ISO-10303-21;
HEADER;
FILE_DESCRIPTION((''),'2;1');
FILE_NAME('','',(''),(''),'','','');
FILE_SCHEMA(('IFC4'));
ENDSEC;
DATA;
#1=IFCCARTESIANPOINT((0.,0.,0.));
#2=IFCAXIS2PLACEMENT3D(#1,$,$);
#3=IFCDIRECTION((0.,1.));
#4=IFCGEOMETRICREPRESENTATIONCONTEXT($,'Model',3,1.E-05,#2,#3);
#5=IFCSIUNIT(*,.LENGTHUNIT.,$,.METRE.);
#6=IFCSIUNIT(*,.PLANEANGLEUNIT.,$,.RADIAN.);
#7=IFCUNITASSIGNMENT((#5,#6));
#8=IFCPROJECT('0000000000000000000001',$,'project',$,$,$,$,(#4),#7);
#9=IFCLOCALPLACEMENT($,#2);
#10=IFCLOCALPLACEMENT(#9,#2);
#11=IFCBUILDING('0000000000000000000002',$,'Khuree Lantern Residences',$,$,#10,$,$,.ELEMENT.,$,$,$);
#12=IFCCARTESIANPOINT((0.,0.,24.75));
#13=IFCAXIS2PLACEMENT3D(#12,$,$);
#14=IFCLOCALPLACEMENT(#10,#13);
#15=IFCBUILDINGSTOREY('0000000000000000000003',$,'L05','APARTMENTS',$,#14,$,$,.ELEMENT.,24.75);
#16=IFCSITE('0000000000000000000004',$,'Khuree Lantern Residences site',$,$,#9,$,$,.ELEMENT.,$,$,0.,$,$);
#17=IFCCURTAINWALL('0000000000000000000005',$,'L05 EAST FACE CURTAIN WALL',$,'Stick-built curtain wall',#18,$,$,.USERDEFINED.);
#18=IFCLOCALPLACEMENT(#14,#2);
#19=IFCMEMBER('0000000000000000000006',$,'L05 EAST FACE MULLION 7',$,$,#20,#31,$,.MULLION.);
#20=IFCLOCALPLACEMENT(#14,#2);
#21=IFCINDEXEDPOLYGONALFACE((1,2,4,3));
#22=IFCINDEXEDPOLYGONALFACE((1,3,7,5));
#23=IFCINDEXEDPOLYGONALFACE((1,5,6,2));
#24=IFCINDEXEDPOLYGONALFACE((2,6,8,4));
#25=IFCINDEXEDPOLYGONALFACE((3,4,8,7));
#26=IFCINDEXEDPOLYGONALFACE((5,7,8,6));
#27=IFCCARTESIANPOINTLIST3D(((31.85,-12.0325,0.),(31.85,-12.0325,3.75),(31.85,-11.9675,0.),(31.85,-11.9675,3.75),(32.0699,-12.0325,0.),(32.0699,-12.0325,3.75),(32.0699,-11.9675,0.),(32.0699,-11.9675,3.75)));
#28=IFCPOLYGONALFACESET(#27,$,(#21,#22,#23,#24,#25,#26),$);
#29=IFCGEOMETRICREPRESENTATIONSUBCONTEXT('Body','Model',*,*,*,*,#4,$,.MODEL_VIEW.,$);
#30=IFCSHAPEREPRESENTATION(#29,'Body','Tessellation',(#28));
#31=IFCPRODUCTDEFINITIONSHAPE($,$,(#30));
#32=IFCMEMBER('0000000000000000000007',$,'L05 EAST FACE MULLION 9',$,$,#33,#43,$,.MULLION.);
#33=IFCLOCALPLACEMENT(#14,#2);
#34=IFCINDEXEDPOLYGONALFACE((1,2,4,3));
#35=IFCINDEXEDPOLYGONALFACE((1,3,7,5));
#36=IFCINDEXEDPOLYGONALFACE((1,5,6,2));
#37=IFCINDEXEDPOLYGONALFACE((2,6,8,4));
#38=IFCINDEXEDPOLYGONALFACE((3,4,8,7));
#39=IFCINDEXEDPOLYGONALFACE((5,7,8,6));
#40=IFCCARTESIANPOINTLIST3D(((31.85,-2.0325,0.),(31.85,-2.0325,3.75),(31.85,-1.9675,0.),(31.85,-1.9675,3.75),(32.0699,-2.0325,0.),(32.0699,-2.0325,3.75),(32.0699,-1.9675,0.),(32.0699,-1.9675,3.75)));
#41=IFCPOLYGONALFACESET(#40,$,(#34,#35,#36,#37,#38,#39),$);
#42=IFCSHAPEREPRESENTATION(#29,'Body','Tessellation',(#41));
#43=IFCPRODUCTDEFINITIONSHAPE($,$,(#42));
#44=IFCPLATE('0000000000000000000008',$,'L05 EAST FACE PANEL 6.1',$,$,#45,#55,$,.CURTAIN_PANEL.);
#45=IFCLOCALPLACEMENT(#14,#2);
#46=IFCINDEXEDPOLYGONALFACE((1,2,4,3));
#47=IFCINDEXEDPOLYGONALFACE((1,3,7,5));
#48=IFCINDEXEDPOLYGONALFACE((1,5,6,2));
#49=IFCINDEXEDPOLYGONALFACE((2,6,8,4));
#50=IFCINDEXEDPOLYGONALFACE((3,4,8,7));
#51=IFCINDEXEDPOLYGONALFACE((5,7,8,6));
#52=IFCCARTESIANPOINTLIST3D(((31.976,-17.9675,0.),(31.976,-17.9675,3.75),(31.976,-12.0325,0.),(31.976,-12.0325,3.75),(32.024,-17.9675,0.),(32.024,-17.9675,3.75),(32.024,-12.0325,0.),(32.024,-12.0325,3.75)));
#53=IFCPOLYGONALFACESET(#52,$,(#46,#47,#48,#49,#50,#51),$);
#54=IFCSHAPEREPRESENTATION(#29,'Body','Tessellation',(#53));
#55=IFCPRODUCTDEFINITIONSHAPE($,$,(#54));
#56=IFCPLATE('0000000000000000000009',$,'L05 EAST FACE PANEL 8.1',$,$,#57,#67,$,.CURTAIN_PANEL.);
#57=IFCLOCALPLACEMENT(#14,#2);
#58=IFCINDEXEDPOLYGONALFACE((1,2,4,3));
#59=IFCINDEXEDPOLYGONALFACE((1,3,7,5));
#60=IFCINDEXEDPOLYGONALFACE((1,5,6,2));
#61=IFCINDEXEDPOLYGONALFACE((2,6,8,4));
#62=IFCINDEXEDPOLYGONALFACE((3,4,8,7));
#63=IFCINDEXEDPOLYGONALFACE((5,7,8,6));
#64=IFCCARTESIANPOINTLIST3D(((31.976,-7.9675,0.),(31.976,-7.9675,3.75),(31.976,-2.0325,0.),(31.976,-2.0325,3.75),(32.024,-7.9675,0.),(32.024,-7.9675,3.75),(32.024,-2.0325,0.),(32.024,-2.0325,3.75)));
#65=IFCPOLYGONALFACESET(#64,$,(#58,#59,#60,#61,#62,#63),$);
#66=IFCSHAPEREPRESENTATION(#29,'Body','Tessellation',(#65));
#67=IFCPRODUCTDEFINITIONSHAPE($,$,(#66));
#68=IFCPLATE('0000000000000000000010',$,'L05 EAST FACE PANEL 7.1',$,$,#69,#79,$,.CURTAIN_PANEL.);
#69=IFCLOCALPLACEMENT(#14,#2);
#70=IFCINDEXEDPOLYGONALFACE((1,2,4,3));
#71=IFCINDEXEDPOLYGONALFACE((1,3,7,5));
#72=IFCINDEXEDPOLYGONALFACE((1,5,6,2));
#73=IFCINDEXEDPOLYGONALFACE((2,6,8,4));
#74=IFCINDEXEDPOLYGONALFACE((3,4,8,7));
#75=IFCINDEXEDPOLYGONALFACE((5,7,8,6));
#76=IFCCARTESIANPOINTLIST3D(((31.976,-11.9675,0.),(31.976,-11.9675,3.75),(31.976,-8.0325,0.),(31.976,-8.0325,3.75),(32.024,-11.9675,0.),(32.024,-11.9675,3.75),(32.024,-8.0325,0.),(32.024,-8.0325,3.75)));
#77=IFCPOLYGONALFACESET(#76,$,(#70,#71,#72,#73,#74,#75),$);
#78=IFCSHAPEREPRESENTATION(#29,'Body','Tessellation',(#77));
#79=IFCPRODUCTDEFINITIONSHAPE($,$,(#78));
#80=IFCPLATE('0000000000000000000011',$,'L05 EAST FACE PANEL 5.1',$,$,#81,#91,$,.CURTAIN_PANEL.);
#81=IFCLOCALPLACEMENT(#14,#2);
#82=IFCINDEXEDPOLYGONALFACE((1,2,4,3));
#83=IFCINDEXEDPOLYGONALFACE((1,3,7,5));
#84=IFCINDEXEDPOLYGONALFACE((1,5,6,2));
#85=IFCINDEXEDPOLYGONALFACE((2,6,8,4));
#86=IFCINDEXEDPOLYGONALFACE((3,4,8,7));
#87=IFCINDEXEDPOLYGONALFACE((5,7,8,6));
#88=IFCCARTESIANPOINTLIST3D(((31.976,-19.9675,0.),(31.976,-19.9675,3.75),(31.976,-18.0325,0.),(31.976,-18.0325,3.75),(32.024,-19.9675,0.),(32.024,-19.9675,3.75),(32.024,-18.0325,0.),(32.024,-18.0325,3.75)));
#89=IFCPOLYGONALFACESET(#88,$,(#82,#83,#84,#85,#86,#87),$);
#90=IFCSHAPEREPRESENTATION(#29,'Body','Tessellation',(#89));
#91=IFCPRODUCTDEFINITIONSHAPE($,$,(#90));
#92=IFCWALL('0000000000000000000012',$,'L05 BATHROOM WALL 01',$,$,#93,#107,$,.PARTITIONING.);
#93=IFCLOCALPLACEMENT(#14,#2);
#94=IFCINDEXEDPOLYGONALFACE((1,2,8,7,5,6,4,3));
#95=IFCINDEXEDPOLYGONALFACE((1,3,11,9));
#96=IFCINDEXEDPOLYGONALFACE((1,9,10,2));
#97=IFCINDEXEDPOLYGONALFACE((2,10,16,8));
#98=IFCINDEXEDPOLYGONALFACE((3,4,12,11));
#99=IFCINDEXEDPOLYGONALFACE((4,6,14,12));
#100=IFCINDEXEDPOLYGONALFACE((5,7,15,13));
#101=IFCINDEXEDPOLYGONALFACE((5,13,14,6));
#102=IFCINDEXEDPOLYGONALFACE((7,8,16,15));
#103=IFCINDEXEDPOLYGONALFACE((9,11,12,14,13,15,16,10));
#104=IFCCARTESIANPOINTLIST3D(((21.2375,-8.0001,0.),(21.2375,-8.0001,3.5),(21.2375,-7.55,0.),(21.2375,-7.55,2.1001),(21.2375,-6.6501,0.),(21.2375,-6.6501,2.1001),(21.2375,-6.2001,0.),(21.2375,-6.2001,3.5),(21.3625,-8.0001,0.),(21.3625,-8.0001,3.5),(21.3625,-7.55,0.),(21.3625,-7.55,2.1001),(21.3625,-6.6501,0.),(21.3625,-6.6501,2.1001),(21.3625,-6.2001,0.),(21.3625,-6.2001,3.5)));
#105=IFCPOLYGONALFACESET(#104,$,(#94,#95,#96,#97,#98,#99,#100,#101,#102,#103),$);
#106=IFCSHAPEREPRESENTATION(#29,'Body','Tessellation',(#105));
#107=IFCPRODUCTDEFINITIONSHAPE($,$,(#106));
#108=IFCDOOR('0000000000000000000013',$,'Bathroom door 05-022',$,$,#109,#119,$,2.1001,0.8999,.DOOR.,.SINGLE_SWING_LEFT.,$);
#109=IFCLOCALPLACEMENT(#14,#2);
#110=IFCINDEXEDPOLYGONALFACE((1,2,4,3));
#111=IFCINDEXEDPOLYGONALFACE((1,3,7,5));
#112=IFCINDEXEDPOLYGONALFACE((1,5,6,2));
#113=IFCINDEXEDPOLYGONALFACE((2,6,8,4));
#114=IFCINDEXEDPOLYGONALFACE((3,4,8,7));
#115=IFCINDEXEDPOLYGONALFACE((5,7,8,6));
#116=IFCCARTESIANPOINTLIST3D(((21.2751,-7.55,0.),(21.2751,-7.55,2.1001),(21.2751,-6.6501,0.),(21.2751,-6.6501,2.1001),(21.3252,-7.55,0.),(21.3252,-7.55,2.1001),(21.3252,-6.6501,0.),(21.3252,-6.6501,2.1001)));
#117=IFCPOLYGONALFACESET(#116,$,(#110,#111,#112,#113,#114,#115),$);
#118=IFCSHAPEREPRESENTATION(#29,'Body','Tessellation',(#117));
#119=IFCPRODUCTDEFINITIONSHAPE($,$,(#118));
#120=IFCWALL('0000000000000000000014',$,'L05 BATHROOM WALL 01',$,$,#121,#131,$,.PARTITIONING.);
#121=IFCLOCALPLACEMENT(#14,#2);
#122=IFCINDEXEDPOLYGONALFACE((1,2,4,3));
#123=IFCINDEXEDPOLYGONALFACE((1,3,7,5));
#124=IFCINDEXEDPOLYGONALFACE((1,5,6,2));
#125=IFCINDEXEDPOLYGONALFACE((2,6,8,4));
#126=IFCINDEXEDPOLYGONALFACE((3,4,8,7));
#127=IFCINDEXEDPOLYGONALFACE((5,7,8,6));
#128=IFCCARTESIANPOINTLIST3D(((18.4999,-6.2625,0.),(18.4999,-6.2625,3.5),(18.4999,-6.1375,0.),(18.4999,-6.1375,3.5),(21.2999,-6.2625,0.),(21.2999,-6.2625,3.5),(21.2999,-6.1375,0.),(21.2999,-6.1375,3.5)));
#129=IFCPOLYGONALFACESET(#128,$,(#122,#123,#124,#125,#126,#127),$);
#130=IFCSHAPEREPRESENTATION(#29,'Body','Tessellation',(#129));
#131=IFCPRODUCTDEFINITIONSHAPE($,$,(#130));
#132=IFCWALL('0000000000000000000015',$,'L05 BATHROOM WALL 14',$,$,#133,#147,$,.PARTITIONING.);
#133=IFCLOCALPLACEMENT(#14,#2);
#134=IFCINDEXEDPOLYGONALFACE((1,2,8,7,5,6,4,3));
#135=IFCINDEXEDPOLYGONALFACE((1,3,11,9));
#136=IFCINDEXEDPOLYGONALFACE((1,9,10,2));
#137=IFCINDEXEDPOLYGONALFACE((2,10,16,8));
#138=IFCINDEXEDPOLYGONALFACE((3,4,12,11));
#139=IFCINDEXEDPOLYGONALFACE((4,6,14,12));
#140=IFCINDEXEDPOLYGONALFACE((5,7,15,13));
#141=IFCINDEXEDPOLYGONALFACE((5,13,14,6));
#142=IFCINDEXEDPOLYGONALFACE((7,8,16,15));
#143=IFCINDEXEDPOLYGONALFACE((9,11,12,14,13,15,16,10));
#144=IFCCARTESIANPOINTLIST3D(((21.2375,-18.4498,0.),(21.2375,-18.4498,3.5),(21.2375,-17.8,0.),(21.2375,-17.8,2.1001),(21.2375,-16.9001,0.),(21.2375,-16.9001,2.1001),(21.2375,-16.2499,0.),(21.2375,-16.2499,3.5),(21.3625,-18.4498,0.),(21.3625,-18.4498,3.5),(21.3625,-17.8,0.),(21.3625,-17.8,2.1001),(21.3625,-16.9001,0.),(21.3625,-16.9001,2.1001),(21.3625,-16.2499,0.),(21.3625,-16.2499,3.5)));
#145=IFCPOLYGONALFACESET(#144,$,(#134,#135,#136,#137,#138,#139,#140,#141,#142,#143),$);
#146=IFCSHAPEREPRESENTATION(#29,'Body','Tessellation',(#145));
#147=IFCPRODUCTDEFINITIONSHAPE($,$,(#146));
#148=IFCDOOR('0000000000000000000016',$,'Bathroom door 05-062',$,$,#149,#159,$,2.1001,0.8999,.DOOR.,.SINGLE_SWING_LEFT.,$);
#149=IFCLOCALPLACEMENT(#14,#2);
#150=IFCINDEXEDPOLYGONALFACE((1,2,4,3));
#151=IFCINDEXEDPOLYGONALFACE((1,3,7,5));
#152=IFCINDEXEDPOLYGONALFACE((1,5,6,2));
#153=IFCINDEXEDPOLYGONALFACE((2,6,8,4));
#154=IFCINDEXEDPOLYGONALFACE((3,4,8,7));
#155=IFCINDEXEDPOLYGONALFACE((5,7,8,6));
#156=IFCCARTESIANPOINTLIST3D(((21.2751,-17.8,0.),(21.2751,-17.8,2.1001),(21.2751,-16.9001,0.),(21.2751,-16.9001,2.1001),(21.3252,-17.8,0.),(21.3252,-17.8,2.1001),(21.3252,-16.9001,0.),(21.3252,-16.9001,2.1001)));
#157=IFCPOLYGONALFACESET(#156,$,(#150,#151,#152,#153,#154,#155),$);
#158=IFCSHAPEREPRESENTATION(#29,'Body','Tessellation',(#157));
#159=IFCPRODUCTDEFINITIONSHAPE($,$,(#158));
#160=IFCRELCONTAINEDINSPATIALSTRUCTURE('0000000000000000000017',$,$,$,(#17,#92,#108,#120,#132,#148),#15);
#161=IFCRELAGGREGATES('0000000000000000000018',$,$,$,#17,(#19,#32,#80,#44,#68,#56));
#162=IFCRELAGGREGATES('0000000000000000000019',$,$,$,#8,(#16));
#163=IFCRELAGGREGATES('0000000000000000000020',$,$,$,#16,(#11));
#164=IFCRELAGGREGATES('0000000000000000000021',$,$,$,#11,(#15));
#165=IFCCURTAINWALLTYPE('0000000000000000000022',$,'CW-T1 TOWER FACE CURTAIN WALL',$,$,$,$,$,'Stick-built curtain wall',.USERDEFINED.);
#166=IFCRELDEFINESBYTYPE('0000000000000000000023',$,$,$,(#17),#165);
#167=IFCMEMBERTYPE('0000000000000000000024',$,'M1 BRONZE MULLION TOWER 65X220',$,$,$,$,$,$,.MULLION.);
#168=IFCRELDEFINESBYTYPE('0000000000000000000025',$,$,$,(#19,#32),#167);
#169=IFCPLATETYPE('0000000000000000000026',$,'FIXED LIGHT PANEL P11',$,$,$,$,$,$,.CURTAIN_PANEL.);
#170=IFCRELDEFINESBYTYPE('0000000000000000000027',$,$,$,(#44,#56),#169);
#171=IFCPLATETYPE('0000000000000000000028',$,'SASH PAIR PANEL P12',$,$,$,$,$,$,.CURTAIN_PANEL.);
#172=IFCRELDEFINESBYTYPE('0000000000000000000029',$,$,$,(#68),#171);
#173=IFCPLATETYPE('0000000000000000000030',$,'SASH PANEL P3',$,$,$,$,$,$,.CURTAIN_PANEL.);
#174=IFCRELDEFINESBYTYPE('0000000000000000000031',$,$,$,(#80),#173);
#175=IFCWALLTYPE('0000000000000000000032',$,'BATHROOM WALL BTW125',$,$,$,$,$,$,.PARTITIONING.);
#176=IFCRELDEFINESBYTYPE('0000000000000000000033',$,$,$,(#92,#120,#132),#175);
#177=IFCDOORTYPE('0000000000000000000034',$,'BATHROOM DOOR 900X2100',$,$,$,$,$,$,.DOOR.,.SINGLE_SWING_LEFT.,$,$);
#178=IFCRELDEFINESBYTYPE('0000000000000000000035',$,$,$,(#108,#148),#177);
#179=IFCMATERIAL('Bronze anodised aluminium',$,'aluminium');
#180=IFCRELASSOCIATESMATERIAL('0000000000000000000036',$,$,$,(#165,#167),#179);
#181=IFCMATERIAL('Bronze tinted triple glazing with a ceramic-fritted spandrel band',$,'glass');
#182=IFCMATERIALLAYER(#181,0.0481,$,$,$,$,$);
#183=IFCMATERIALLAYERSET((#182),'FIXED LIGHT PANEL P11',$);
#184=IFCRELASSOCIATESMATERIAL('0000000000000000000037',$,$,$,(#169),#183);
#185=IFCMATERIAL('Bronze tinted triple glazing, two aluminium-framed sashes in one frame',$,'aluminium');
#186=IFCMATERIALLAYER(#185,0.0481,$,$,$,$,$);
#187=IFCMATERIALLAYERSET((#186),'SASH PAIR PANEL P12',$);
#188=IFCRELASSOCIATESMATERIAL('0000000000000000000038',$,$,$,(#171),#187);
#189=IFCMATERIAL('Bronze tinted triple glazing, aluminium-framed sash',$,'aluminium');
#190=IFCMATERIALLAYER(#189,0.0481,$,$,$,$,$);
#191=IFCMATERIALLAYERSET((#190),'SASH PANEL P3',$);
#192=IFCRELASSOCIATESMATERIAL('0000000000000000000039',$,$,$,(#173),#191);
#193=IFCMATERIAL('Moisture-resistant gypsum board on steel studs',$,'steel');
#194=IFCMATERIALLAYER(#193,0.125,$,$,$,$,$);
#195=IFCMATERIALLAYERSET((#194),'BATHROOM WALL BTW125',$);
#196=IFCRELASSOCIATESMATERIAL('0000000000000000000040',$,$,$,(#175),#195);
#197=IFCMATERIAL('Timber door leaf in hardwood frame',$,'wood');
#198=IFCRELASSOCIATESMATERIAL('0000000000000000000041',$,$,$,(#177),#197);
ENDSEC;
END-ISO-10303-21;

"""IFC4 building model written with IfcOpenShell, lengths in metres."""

from ifc_helpers import new_model, si_unit, direction, frame, frame_2d, origin, origin_2d, place, context, subcontext, project, spatial, rectangle, extrude, material, layer, layer_set, material_profile, profile_set, type_object, element, fill, aggregate, save


model = new_model("IFC4")

# Units and contexts
model_context = context("Model", 3, precision=1e-05, world=origin(), true_north=direction((0.0, 1.0)))
body_context = subcontext(model_context, "Body", "Model", "MODEL_VIEW")
ifc_project = project(units=[si_unit("LENGTHUNIT", "METRE"), si_unit("PLANEANGLEUNIT", "RADIAN")], contexts=[model_context])

# Site, building, storey
site_placement = place(None, origin())
site = spatial("IfcSite", under=ifc_project, at=site_placement, Name="Khuree Lantern Residences site", CompositionType="ELEMENT", RefElevation=0.0)
building_placement = place(site_placement, origin())
building = spatial("IfcBuilding", under=site, at=building_placement, Name="Khuree Lantern Residences", CompositionType="ELEMENT")
storey_placement = place(building_placement, frame((0.0, 0.0, 24.75)))
storey = spatial("IfcBuildingStorey", under=building, at=storey_placement, Name="L05", Description="APARTMENTS", CompositionType="ELEMENT", Elevation=24.75)

# Curtain wall
ifc_material_1 = material(Name="Bronze anodised aluminium", Category="aluminium")
curtain_wall_type = type_object("IfcCurtainWallType", Name="CW-T1 TOWER FACE CURTAIN WALL", ElementType="Stick-built curtain wall", PredefinedType="USERDEFINED", material=ifc_material_1)
curtain_wall_placement = place(storey_placement, origin())
curtain_wall = element("IfcCurtainWall", 1, at=curtain_wall_placement, inside=storey, type_object=curtain_wall_type, Name="L05 EAST FACE CURTAIN WALL", ObjectType="Stick-built curtain wall", PredefinedType="USERDEFINED")

# Members
ifc_material_profile_1 = material_profile(ifc_material_1, rectangle(XDim=0.0649, YDim=0.22, at=origin_2d()), Name="M1 65X220")
ifc_profile_set_1 = profile_set([ifc_material_profile_1], Name="Bronze anodised aluminium")
member_type_1 = type_object("IfcMemberType", Name="M1 BRONZE MULLION TOWER 65X220", PredefinedType="MULLION", material=ifc_profile_set_1)
member_1_placement = place(storey_placement, frame((31.96, -12.0, 0.0), z_axis=(0.0, 0.0, 1.0), x_axis=(0.0, 1.0, 0.0)))
member_1 = element("IfcMember", 2, at=member_1_placement, type_object=member_type_1, Name="L05 EAST FACE MULLION 7", PredefinedType="MULLION", context=body_context, shape_type="SweptSolid", body=[
    extrude(rectangle(XDim=0.0649, YDim=0.22, at=origin_2d()), origin(), (0.0, 0.0, 1.0), 3.75),
])
member_2_placement = place(storey_placement, frame((31.96, -2.0, 0.0), z_axis=(0.0, 0.0, 1.0), x_axis=(0.0, 1.0, 0.0)))
member_2 = element("IfcMember", 3, at=member_2_placement, type_object=member_type_1, Name="L05 EAST FACE MULLION 9", PredefinedType="MULLION", context=body_context, shape_type="SweptSolid", body=[
    extrude(rectangle(XDim=0.0649, YDim=0.22, at=origin_2d()), origin(), (0.0, 0.0, 1.0), 3.75),
])

# Plates
ifc_material_2 = material(Name="Bronze tinted triple glazing with a ceramic-fritted spandrel band", Category="glass")
ifc_layer_1 = layer(ifc_material_2, 0.0481)
ifc_layer_set_1 = layer_set([ifc_layer_1], Name="FIXED LIGHT PANEL P11")
plate_type_1 = type_object("IfcPlateType", Name="FIXED LIGHT PANEL P11", PredefinedType="CURTAIN_PANEL", material=ifc_layer_set_1)
plate_1_placement = place(storey_placement, frame((32.0, -15.0, 0.0), z_axis=(0.0, 0.0, 1.0), x_axis=(0.0, 1.0, 0.0)))
plate_1 = element("IfcPlate", 4, at=plate_1_placement, type_object=plate_type_1, Name="L05 EAST FACE PANEL 6.1", PredefinedType="CURTAIN_PANEL", context=body_context, shape_type="SweptSolid", body=[
    extrude(rectangle(XDim=5.9351, YDim=0.0481, at=origin_2d()), origin(), (0.0, 0.0, 1.0), 3.75),
])
plate_2_placement = place(storey_placement, frame((32.0, -5.0, 0.0), z_axis=(0.0, 0.0, 1.0), x_axis=(0.0, 1.0, 0.0)))
plate_2 = element("IfcPlate", 5, at=plate_2_placement, type_object=plate_type_1, Name="L05 EAST FACE PANEL 8.1", PredefinedType="CURTAIN_PANEL", context=body_context, shape_type="SweptSolid", body=[
    extrude(rectangle(XDim=5.9351, YDim=0.0481, at=origin_2d()), origin(), (0.0, 0.0, 1.0), 3.75),
])
ifc_material_3 = material(Name="Bronze tinted triple glazing, two aluminium-framed sashes in one frame", Category="aluminium")
ifc_layer_2 = layer(ifc_material_3, 0.0481)
ifc_layer_set_2 = layer_set([ifc_layer_2], Name="SASH PAIR PANEL P12")
plate_type_2 = type_object("IfcPlateType", Name="SASH PAIR PANEL P12", PredefinedType="CURTAIN_PANEL", material=ifc_layer_set_2)
plate_3_placement = place(storey_placement, frame((32.0, -10.0, 0.0), z_axis=(0.0, 0.0, 1.0), x_axis=(0.0, 1.0, 0.0)))
plate_3 = element("IfcPlate", 6, at=plate_3_placement, type_object=plate_type_2, Name="L05 EAST FACE PANEL 7.1", PredefinedType="CURTAIN_PANEL", context=body_context, shape_type="SweptSolid", body=[
    extrude(rectangle(XDim=3.9351, YDim=0.0481, at=origin_2d()), origin(), (0.0, 0.0, 1.0), 3.75),
])
ifc_material_4 = material(Name="Bronze tinted triple glazing, aluminium-framed sash", Category="aluminium")
ifc_layer_3 = layer(ifc_material_4, 0.0481)
ifc_layer_set_3 = layer_set([ifc_layer_3], Name="SASH PANEL P3")
plate_type_3 = type_object("IfcPlateType", Name="SASH PANEL P3", PredefinedType="CURTAIN_PANEL", material=ifc_layer_set_3)
plate_4_placement = place(storey_placement, frame((32.0, -19.0, 0.0), z_axis=(0.0, 0.0, 1.0), x_axis=(0.0, 1.0, 0.0)))
plate_4 = element("IfcPlate", 7, at=plate_4_placement, type_object=plate_type_3, Name="L05 EAST FACE PANEL 5.1", PredefinedType="CURTAIN_PANEL", context=body_context, shape_type="SweptSolid", body=[
    extrude(rectangle(XDim=1.9351, YDim=0.0481, at=origin_2d()), origin(), (0.0, 0.0, 1.0), 3.75),
])
aggregate(curtain_wall, [member_1, member_2, plate_4, plate_1, plate_3, plate_2])

# Wall, opening, door
ifc_material_5 = material(Name="Moisture-resistant gypsum board on steel studs", Category="steel")
ifc_layer_4 = layer(ifc_material_5, 0.125)
ifc_layer_set_4 = layer_set([ifc_layer_4], Name="BATHROOM WALL BTW125")
wall_type_1 = type_object("IfcWallType", Name="BATHROOM WALL BTW125", PredefinedType="PARTITIONING", material=ifc_layer_set_4)
wall_1_placement = place(storey_placement, frame((21.3, -8.0, 0.0), z_axis=(0.0, 0.0, 1.0), x_axis=(0.0, 1.0, 0.0)))
wall_1 = element("IfcWall", 8, at=wall_1_placement, inside=storey, type_object=wall_type_1, Name="L05 BATHROOM WALL 01", PredefinedType="PARTITIONING", context=body_context, shape_type="SweptSolid", body=[
    extrude(rectangle(XDim=1.8, YDim=0.125, at=frame_2d((0.8999, 0.0))), origin(), (0.0, 0.0, 1.0), 3.5),
])
opening_1_placement = place(wall_1_placement, frame((0.45, 0.0, 0.0)))
opening_1 = element("IfcOpeningElement", 9, at=opening_1_placement, cuts=wall_1, PredefinedType="OPENING", context=body_context, shape_type="SweptSolid", body=[
    extrude(rectangle(XDim=0.8999, YDim=2.1001, at=frame_2d((0.45, 1.05))), frame((0.0, 0.0725, 0.0), z_axis=(0.0, -1.0, 0.0), x_axis=(1.0, 0.0, 0.0)), (0.0, 0.0, 1.0), 0.145),
])
ifc_material_6 = material(Name="Timber door leaf in hardwood frame", Category="wood")
door_type_1 = type_object("IfcDoorType", Name="BATHROOM DOOR 900X2100", OperationType="SINGLE_SWING_LEFT", PredefinedType="DOOR", material=ifc_material_6)
door_1_placement = place(opening_1_placement, origin())
door_1 = element("IfcDoor", 10, at=door_1_placement, inside=storey, type_object=door_type_1, Name="Bathroom door 05-022", OperationType="SINGLE_SWING_LEFT", OverallHeight=2.1001, OverallWidth=0.8999, PredefinedType="DOOR", context=body_context, shape_type="SweptSolid", body=[
    extrude(rectangle(XDim=0.8999, YDim=2.1001, at=frame_2d((0.45, 1.05))), frame((0.0, 0.0249, 0.0), z_axis=(0.0, -1.0, 0.0), x_axis=(1.0, 0.0, 0.0)), (0.0, 0.0, 1.0), 0.05),
])
fill(opening_1, door_1)

# Wall
wall_2_placement = place(storey_placement, frame((18.5, -6.2, 0.0), z_axis=(0.0, 0.0, 1.0), x_axis=(1.0, 0.0, 0.0)))
element("IfcWall", 11, at=wall_2_placement, inside=storey, type_object=wall_type_1, Name="L05 BATHROOM WALL 01", PredefinedType="PARTITIONING", context=body_context, shape_type="SweptSolid", body=[
    extrude(rectangle(XDim=2.8, YDim=0.125, at=frame_2d((1.3999, 0.0))), origin(), (0.0, 0.0, 1.0), 3.5),
])

# Wall, opening, door
wall_3_placement = place(storey_placement, frame((21.3, -18.45, 0.0), z_axis=(0.0, 0.0, 1.0), x_axis=(0.0, 1.0, 0.0)))
wall_3 = element("IfcWall", 12, at=wall_3_placement, inside=storey, type_object=wall_type_1, Name="L05 BATHROOM WALL 14", PredefinedType="PARTITIONING", context=body_context, shape_type="SweptSolid", body=[
    extrude(rectangle(XDim=2.2, YDim=0.125, at=frame_2d((1.1001, 0.0))), origin(), (0.0, 0.0, 1.0), 3.5),
])
opening_2_placement = place(wall_3_placement, frame((0.6499, 0.0, 0.0)))
opening_2 = element("IfcOpeningElement", 13, at=opening_2_placement, cuts=wall_3, PredefinedType="OPENING", context=body_context, shape_type="SweptSolid", body=[
    extrude(rectangle(XDim=0.8999, YDim=2.1001, at=frame_2d((0.45, 1.05))), frame((0.0, 0.0725, 0.0), z_axis=(0.0, -1.0, 0.0), x_axis=(1.0, 0.0, 0.0)), (0.0, 0.0, 1.0), 0.145),
])
door_2_placement = place(opening_2_placement, origin())
door_2 = element("IfcDoor", 14, at=door_2_placement, inside=storey, type_object=door_type_1, Name="Bathroom door 05-062", OperationType="SINGLE_SWING_LEFT", OverallHeight=2.1001, OverallWidth=0.8999, PredefinedType="DOOR", context=body_context, shape_type="SweptSolid", body=[
    extrude(rectangle(XDim=0.8999, YDim=2.1001, at=frame_2d((0.45, 1.05))), frame((0.0, 0.0249, 0.0), z_axis=(0.0, -1.0, 0.0), x_axis=(1.0, 0.0, 0.0)), (0.0, 0.0, 1.0), 0.05),
])
fill(opening_2, door_2)

save(model, "model.ifc")
